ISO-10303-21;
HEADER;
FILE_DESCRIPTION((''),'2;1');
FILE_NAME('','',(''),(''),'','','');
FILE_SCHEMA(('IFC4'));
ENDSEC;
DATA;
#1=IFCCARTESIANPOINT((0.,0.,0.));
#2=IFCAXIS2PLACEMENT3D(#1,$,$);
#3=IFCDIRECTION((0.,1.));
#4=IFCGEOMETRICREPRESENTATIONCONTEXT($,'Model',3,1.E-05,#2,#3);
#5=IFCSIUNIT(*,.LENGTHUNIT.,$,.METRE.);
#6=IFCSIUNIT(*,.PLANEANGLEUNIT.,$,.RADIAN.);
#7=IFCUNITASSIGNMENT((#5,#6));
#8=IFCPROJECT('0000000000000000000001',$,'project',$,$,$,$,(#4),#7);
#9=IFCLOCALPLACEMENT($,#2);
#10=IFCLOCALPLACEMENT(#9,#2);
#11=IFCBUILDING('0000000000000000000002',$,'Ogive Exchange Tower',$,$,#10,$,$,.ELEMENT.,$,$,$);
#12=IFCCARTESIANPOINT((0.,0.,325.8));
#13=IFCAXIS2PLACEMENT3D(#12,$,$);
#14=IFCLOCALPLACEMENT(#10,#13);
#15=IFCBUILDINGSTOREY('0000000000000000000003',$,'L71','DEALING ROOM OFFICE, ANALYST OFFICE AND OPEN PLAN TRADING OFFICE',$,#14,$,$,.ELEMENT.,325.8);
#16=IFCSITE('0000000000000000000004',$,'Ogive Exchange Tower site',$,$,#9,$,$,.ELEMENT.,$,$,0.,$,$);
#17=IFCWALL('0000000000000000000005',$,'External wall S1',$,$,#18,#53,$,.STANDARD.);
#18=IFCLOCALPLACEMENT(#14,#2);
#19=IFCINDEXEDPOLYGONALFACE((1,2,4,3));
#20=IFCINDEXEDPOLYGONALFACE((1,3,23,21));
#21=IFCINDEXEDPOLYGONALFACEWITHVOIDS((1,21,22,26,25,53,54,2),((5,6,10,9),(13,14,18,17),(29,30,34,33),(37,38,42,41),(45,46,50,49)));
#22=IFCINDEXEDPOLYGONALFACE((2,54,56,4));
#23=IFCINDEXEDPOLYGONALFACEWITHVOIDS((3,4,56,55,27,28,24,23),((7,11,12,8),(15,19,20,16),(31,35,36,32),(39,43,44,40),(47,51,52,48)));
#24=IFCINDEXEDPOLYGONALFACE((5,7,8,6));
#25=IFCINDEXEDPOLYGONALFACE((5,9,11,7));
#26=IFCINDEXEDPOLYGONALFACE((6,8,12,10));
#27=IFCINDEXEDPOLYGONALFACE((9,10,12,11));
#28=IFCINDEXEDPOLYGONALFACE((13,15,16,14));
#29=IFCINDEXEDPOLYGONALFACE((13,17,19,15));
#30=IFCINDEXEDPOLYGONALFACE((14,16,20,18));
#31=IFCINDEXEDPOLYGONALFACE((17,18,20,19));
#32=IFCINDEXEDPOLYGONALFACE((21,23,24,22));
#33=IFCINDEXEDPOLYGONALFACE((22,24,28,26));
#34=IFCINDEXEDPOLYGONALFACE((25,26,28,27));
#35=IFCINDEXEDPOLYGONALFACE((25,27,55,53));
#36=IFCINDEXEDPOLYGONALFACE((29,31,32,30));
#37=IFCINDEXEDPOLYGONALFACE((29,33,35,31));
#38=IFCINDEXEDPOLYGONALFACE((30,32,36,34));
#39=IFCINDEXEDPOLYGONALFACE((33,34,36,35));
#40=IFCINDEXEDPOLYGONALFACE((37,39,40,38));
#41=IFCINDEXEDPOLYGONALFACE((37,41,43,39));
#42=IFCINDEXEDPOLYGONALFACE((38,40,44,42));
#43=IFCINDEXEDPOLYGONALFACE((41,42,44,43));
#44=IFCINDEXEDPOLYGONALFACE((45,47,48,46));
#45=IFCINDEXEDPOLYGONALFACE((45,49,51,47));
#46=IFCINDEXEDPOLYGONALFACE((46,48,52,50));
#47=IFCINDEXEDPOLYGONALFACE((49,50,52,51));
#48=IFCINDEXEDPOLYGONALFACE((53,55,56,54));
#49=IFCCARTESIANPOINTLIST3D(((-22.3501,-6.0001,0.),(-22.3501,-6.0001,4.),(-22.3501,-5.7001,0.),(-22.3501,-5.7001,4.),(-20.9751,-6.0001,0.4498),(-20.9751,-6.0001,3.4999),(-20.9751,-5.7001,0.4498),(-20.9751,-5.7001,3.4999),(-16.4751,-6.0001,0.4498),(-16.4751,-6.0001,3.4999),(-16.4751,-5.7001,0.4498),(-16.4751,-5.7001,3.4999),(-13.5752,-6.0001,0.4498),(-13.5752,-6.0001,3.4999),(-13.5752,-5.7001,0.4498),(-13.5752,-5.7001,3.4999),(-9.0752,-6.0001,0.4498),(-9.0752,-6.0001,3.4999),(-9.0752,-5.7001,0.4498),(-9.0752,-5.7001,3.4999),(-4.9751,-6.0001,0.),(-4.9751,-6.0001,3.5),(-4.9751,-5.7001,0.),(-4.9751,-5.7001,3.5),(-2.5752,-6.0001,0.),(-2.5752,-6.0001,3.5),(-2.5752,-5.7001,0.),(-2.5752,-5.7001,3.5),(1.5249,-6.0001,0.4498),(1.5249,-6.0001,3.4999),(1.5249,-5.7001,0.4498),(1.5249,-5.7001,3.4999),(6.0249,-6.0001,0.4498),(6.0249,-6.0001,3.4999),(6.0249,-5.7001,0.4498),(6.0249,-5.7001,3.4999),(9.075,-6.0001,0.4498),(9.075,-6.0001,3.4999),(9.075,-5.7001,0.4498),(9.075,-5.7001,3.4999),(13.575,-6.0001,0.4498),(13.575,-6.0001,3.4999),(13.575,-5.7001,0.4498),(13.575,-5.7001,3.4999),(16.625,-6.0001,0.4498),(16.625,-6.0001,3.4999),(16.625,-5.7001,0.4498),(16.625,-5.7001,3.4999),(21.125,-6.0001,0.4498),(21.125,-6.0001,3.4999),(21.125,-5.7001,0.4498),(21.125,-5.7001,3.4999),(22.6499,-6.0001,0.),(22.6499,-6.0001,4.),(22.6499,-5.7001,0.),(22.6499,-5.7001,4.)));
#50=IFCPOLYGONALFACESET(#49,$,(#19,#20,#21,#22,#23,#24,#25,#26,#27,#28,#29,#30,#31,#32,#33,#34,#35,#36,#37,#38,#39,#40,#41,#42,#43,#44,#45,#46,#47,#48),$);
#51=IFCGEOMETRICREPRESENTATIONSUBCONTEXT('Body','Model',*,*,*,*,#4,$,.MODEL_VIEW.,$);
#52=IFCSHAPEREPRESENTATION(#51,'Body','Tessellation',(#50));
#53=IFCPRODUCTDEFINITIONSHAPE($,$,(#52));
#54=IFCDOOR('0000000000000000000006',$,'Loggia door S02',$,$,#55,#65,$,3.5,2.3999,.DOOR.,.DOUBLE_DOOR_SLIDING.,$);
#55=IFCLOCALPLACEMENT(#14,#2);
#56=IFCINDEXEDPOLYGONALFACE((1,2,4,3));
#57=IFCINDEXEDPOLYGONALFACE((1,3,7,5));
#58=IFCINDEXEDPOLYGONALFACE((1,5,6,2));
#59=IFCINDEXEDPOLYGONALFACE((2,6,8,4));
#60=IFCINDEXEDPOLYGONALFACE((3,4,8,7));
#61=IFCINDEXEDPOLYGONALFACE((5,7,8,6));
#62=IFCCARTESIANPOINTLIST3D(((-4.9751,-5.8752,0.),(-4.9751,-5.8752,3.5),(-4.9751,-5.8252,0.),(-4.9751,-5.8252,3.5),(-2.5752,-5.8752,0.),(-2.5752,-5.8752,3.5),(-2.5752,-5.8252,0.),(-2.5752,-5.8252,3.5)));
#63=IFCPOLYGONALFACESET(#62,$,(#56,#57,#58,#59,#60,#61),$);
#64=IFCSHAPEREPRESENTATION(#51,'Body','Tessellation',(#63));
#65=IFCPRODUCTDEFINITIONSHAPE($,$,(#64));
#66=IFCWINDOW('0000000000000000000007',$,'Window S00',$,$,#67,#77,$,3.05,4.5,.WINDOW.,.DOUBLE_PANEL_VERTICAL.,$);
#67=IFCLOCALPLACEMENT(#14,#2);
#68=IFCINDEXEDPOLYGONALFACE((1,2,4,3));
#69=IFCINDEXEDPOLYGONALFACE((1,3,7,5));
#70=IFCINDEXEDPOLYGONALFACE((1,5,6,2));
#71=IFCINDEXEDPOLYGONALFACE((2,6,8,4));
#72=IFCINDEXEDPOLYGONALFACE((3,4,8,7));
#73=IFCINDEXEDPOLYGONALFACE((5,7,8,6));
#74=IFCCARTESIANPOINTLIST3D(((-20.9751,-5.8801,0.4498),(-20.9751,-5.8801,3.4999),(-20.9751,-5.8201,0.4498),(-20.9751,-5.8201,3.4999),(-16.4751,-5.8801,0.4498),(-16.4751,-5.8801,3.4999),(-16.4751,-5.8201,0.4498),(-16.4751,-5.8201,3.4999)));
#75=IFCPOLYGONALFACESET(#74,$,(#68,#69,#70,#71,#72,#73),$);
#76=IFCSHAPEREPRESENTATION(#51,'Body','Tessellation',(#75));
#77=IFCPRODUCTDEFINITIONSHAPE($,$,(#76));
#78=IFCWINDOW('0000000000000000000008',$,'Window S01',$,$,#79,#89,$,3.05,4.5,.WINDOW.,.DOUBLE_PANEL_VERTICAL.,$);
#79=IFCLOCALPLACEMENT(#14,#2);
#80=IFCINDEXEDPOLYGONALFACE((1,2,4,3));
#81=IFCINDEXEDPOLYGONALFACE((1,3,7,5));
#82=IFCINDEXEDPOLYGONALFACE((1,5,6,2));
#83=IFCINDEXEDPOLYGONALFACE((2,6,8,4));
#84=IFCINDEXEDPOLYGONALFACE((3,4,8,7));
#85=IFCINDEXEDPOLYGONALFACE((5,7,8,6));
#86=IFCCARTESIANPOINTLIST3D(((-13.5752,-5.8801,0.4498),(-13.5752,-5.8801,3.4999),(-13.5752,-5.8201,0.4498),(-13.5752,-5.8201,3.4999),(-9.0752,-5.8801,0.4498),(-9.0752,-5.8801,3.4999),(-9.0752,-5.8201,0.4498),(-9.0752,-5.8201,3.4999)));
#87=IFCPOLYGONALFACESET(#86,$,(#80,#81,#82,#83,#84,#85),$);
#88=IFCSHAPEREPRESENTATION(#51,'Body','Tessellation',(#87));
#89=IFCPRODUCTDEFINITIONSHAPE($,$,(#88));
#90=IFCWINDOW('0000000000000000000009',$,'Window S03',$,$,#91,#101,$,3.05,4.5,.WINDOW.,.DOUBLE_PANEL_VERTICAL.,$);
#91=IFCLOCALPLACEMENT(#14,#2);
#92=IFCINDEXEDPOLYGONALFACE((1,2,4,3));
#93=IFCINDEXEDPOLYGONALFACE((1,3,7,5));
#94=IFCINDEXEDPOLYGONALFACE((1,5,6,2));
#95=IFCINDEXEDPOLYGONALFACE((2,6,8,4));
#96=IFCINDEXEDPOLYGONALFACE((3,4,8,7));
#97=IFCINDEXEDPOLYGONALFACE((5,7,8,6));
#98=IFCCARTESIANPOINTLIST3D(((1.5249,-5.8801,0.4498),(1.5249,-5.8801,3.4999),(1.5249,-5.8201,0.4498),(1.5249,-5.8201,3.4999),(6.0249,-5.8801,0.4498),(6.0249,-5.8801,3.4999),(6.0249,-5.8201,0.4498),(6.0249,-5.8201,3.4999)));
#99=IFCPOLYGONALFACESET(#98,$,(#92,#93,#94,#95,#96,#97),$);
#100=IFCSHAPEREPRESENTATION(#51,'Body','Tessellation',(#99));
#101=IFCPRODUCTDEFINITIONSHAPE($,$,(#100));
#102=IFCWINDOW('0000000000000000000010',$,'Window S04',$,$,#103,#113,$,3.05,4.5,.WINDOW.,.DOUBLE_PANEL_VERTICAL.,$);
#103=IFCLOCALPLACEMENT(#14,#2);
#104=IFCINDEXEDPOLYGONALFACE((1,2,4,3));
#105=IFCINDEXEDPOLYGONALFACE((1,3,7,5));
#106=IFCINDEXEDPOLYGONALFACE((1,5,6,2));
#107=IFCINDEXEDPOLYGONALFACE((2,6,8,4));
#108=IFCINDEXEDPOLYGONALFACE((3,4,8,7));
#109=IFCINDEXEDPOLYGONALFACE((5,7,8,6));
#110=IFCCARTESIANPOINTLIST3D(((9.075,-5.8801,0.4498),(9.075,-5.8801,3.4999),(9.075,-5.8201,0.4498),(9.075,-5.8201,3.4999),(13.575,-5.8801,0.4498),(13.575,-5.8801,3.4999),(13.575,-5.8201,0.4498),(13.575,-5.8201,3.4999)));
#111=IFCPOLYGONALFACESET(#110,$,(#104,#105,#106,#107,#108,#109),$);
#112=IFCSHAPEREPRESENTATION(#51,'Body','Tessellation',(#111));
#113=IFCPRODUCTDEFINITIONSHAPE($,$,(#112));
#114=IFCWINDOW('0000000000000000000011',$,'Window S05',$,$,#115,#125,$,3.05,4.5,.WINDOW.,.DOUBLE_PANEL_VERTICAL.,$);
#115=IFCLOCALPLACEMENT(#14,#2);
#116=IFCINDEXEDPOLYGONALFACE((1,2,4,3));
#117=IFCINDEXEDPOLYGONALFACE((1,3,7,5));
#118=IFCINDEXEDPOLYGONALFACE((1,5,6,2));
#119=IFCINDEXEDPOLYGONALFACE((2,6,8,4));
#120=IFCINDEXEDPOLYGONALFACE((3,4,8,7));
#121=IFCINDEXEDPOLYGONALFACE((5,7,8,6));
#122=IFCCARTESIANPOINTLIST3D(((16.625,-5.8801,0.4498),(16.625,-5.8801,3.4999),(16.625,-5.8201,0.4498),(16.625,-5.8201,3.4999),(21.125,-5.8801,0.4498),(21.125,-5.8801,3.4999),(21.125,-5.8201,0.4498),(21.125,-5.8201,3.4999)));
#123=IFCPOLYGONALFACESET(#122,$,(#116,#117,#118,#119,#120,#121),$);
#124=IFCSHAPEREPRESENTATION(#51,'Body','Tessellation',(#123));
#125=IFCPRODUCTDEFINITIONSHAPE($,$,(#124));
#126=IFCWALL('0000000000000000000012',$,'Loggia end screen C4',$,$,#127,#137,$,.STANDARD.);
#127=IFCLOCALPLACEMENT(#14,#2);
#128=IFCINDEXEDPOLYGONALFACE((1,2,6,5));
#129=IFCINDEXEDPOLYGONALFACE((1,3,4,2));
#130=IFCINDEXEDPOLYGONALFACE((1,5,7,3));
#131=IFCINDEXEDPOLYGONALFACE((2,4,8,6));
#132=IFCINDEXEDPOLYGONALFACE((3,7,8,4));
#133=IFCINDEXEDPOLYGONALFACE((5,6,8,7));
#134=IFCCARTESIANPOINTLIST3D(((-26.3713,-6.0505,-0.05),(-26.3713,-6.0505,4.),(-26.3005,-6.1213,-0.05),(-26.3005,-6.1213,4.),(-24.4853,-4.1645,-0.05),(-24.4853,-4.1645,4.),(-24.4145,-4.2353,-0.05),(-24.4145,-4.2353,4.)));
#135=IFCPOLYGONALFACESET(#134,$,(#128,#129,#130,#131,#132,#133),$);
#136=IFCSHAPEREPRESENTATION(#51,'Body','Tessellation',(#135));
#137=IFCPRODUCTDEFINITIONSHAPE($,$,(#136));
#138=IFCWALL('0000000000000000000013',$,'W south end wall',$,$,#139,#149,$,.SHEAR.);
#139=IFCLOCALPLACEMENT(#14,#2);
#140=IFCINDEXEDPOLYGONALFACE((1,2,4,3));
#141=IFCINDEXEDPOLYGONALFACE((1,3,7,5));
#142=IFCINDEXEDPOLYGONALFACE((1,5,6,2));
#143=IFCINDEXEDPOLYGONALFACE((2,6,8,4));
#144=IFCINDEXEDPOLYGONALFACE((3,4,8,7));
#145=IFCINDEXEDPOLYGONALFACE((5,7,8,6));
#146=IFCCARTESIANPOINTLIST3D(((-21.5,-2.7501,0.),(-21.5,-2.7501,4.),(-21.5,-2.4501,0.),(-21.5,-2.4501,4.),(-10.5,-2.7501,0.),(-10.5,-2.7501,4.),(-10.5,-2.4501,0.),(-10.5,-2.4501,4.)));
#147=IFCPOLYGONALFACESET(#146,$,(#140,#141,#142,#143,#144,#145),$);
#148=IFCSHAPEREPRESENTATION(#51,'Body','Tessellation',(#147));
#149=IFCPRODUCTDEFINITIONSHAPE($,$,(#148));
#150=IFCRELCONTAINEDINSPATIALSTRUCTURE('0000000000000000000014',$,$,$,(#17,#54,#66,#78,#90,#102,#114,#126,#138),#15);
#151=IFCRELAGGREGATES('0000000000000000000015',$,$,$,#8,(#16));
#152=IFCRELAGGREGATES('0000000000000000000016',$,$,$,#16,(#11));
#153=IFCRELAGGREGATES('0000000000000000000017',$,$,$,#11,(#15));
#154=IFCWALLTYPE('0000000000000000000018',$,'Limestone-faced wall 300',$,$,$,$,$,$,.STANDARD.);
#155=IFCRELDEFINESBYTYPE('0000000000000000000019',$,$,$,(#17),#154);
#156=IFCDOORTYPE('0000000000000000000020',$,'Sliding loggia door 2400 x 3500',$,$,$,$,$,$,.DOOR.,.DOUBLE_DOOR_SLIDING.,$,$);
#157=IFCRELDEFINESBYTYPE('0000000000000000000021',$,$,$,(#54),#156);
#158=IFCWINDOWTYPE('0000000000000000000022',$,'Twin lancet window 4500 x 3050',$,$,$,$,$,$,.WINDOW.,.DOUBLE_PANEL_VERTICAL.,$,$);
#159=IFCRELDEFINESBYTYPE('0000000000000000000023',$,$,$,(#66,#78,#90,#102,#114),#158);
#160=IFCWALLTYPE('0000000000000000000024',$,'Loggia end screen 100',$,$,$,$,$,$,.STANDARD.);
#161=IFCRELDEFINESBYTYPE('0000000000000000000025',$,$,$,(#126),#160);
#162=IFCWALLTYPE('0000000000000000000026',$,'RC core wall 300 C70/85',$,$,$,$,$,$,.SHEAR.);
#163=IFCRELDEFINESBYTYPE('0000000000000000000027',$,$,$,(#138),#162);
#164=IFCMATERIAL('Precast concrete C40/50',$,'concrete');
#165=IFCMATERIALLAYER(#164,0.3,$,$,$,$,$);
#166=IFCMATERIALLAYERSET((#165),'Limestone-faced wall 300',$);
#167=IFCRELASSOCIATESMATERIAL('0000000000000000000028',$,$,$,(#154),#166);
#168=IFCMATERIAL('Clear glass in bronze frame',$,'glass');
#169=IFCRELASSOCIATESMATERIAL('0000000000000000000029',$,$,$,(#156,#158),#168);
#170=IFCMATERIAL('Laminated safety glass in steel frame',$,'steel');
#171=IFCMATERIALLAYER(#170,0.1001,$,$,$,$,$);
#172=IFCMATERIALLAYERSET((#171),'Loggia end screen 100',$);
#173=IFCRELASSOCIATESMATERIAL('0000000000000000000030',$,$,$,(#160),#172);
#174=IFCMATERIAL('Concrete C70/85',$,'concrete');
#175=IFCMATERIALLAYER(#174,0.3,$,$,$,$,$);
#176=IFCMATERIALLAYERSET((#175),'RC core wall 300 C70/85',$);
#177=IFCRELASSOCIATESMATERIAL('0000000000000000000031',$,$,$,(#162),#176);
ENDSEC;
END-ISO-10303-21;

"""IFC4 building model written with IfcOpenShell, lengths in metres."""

from ifc_helpers import new_model, si_unit, direction, frame, frame_2d, origin, place, context, subcontext, project, spatial, rectangle, extrude, material, layer, layer_set, type_object, element, fill, save


model = new_model("IFC4")

# Units and contexts
model_context = context("Model", 3, precision=1e-05, world=origin(), true_north=direction((0.0, 1.0)))
body_context = subcontext(model_context, "Body", "Model", "MODEL_VIEW")
ifc_project = project(units=[si_unit("LENGTHUNIT", "METRE"), si_unit("PLANEANGLEUNIT", "RADIAN")], contexts=[model_context])

# Site, building, storey
site_placement = place(None, origin())
site = spatial("IfcSite", under=ifc_project, at=site_placement, Name="Ogive Exchange Tower site", CompositionType="ELEMENT", RefElevation=0.0)
building_placement = place(site_placement, origin())
building = spatial("IfcBuilding", under=site, at=building_placement, Name="Ogive Exchange Tower", CompositionType="ELEMENT")
storey_placement = place(building_placement, frame((0.0, 0.0, 325.8)))
storey = spatial("IfcBuildingStorey", under=building, at=storey_placement, Name="L71", Description="DEALING ROOM OFFICE, ANALYST OFFICE AND OPEN PLAN TRADING OFFICE", CompositionType="ELEMENT", Elevation=325.8)

# Wall, openings, door, windows
ifc_material_1 = material(Name="Precast concrete C40/50", Category="concrete")
ifc_layer_1 = layer(ifc_material_1, 0.3)
ifc_layer_set_1 = layer_set([ifc_layer_1], Name="Limestone-faced wall 300")
wall_type_1 = type_object("IfcWallType", Name="Limestone-faced wall 300", PredefinedType="STANDARD", material=ifc_layer_set_1)
wall_1_placement = place(storey_placement, frame((-22.3501, -5.8501, 0.0), z_axis=(0.0, 0.0, 1.0), x_axis=(1.0, 0.0, 0.0)))
wall_1 = element("IfcWall", 1, at=wall_1_placement, inside=storey, type_object=wall_type_1, Name="External wall S1", PredefinedType="STANDARD", context=body_context, shape_type="SweptSolid", body=[
    extrude(rectangle(XDim=45.0, YDim=0.3, at=frame_2d((22.5, 0.0))), origin(), (0.0, 0.0, 1.0), 4.0),
])
opening_1_placement = place(wall_1_placement, frame((1.375, 0.0, 0.45)))
opening_1 = element("IfcOpeningElement", 2, at=opening_1_placement, cuts=wall_1, PredefinedType="OPENING", context=body_context, shape_type="SweptSolid", body=[
    extrude(rectangle(XDim=4.5, YDim=3.05, at=frame_2d((2.25, 1.5249))), frame((0.0, 0.1599, 0.0), z_axis=(0.0, -1.0, 0.0), x_axis=(1.0, 0.0, 0.0)), (0.0, 0.0, 1.0), 0.3201),
])
opening_2_placement = place(wall_1_placement, frame((8.7749, 0.0, 0.45)))
opening_2 = element("IfcOpeningElement", 3, at=opening_2_placement, cuts=wall_1, PredefinedType="OPENING", context=body_context, shape_type="SweptSolid", body=[
    extrude(rectangle(XDim=4.5, YDim=3.05, at=frame_2d((2.25, 1.5249))), frame((0.0, 0.1599, 0.0), z_axis=(0.0, -1.0, 0.0), x_axis=(1.0, 0.0, 0.0)), (0.0, 0.0, 1.0), 0.3201),
])
opening_3_placement = place(wall_1_placement, frame((17.375, 0.0, 0.0)))
opening_3 = element("IfcOpeningElement", 4, at=opening_3_placement, cuts=wall_1, PredefinedType="OPENING", context=body_context, shape_type="SweptSolid", body=[
    extrude(rectangle(XDim=2.3999, YDim=3.5, at=frame_2d((1.2, 1.75))), frame((0.0, 0.1599, 0.0), z_axis=(0.0, -1.0, 0.0), x_axis=(1.0, 0.0, 0.0)), (0.0, 0.0, 1.0), 0.3201),
])
opening_4_placement = place(wall_1_placement, frame((23.875, 0.0, 0.45)))
opening_4 = element("IfcOpeningElement", 5, at=opening_4_placement, cuts=wall_1, PredefinedType="OPENING", context=body_context, shape_type="SweptSolid", body=[
    extrude(rectangle(XDim=4.5, YDim=3.05, at=frame_2d((2.25, 1.5249))), frame((0.0, 0.1599, 0.0), z_axis=(0.0, -1.0, 0.0), x_axis=(1.0, 0.0, 0.0)), (0.0, 0.0, 1.0), 0.3201),
])
opening_5_placement = place(wall_1_placement, frame((31.425, 0.0, 0.45)))
opening_5 = element("IfcOpeningElement", 6, at=opening_5_placement, cuts=wall_1, PredefinedType="OPENING", context=body_context, shape_type="SweptSolid", body=[
    extrude(rectangle(XDim=4.5, YDim=3.05, at=frame_2d((2.25, 1.5249))), frame((0.0, 0.1599, 0.0), z_axis=(0.0, -1.0, 0.0), x_axis=(1.0, 0.0, 0.0)), (0.0, 0.0, 1.0), 0.3201),
])
opening_6_placement = place(wall_1_placement, frame((38.9751, 0.0, 0.45)))
opening_6 = element("IfcOpeningElement", 7, at=opening_6_placement, cuts=wall_1, PredefinedType="OPENING", context=body_context, shape_type="SweptSolid", body=[
    extrude(rectangle(XDim=4.5, YDim=3.05, at=frame_2d((2.25, 1.5249))), frame((0.0, 0.1599, 0.0), z_axis=(0.0, -1.0, 0.0), x_axis=(1.0, 0.0, 0.0)), (0.0, 0.0, 1.0), 0.3201),
])
ifc_material_2 = material(Name="Clear glass in bronze frame", Category="glass")
door_type_1 = type_object("IfcDoorType", Name="Sliding loggia door 2400 x 3500", OperationType="DOUBLE_DOOR_SLIDING", PredefinedType="DOOR", material=ifc_material_2)
door_1_placement = place(opening_3_placement, origin())
door_1 = element("IfcDoor", 8, at=door_1_placement, inside=storey, type_object=door_type_1, Name="Loggia door S02", OperationType="DOUBLE_DOOR_SLIDING", OverallHeight=3.5, OverallWidth=2.3999, PredefinedType="DOOR", context=body_context, shape_type="SweptSolid", body=[
    extrude(rectangle(XDim=2.3999, YDim=3.5, at=frame_2d((1.2, 1.75))), frame((0.0, 0.0249, 0.0), z_axis=(0.0, -1.0, 0.0), x_axis=(1.0, 0.0, 0.0)), (0.0, 0.0, 1.0), 0.05),
])
fill(opening_3, door_1)
window_type = type_object("IfcWindowType", Name="Twin lancet window 4500 x 3050", PartitioningType="DOUBLE_PANEL_VERTICAL", PredefinedType="WINDOW", material=ifc_material_2)
window_1_placement = place(opening_1_placement, origin())
window_1 = element("IfcWindow", 9, at=window_1_placement, inside=storey, type_object=window_type, Name="Window S00", OverallHeight=3.05, OverallWidth=4.5, PartitioningType="DOUBLE_PANEL_VERTICAL", PredefinedType="WINDOW", context=body_context, shape_type="SweptSolid", body=[
    extrude(rectangle(XDim=4.5, YDim=3.05, at=frame_2d((2.25, 1.5249))), frame((0.0, 0.03, 0.0), z_axis=(0.0, -1.0, 0.0), x_axis=(1.0, 0.0, 0.0)), (0.0, 0.0, 1.0), 0.0601),
])
fill(opening_1, window_1)
window_2_placement = place(opening_2_placement, origin())
window_2 = element("IfcWindow", 10, at=window_2_placement, inside=storey, type_object=window_type, Name="Window S01", OverallHeight=3.05, OverallWidth=4.5, PartitioningType="DOUBLE_PANEL_VERTICAL", PredefinedType="WINDOW", context=body_context, shape_type="SweptSolid", body=[
    extrude(rectangle(XDim=4.5, YDim=3.05, at=frame_2d((2.25, 1.5249))), frame((0.0, 0.03, 0.0), z_axis=(0.0, -1.0, 0.0), x_axis=(1.0, 0.0, 0.0)), (0.0, 0.0, 1.0), 0.0601),
])
fill(opening_2, window_2)
window_3_placement = place(opening_4_placement, origin())
window_3 = element("IfcWindow", 11, at=window_3_placement, inside=storey, type_object=window_type, Name="Window S03", OverallHeight=3.05, OverallWidth=4.5, PartitioningType="DOUBLE_PANEL_VERTICAL", PredefinedType="WINDOW", context=body_context, shape_type="SweptSolid", body=[
    extrude(rectangle(XDim=4.5, YDim=3.05, at=frame_2d((2.25, 1.5249))), frame((0.0, 0.03, 0.0), z_axis=(0.0, -1.0, 0.0), x_axis=(1.0, 0.0, 0.0)), (0.0, 0.0, 1.0), 0.0601),
])
fill(opening_4, window_3)
window_4_placement = place(opening_5_placement, origin())
window_4 = element("IfcWindow", 12, at=window_4_placement, inside=storey, type_object=window_type, Name="Window S04", OverallHeight=3.05, OverallWidth=4.5, PartitioningType="DOUBLE_PANEL_VERTICAL", PredefinedType="WINDOW", context=body_context, shape_type="SweptSolid", body=[
    extrude(rectangle(XDim=4.5, YDim=3.05, at=frame_2d((2.25, 1.5249))), frame((0.0, 0.03, 0.0), z_axis=(0.0, -1.0, 0.0), x_axis=(1.0, 0.0, 0.0)), (0.0, 0.0, 1.0), 0.0601),
])
fill(opening_5, window_4)
window_5_placement = place(opening_6_placement, origin())
window_5 = element("IfcWindow", 13, at=window_5_placement, inside=storey, type_object=window_type, Name="Window S05", OverallHeight=3.05, OverallWidth=4.5, PartitioningType="DOUBLE_PANEL_VERTICAL", PredefinedType="WINDOW", context=body_context, shape_type="SweptSolid", body=[
    extrude(rectangle(XDim=4.5, YDim=3.05, at=frame_2d((2.25, 1.5249))), frame((0.0, 0.03, 0.0), z_axis=(0.0, -1.0, 0.0), x_axis=(1.0, 0.0, 0.0)), (0.0, 0.0, 1.0), 0.0601),
])
fill(opening_6, window_5)

# Walls
ifc_material_3 = material(Name="Laminated safety glass in steel frame", Category="steel")
ifc_layer_2 = layer(ifc_material_3, 0.1001)
ifc_layer_set_2 = layer_set([ifc_layer_2], Name="Loggia end screen 100")
wall_type_2 = type_object("IfcWallType", Name="Loggia end screen 100", PredefinedType="STANDARD", material=ifc_layer_set_2)
wall_2_placement = place(storey_placement, frame((-24.45, -4.2, -0.05), z_axis=(0.0, 0.0, 1.0), x_axis=(-0.707107, -0.707107, 0.0)))
element("IfcWall", 14, at=wall_2_placement, inside=storey, type_object=wall_type_2, Name="Loggia end screen C4", PredefinedType="STANDARD", context=body_context, shape_type="SweptSolid", body=[
    extrude(rectangle(XDim=2.6672, YDim=0.1001, at=frame_2d((1.3335, 0.0))), origin(), (0.0, 0.0, 1.0), 4.05),
])
ifc_material_4 = material(Name="Concrete C70/85", Category="concrete")
ifc_layer_3 = layer(ifc_material_4, 0.3)
ifc_layer_set_3 = layer_set([ifc_layer_3], Name="RC core wall 300 C70/85")
wall_type_3 = type_object("IfcWallType", Name="RC core wall 300 C70/85", PredefinedType="SHEAR", material=ifc_layer_set_3)
wall_3_placement = place(storey_placement, frame((-21.5, -2.6001, 0.0), z_axis=(0.0, 0.0, 1.0), x_axis=(1.0, 0.0, 0.0)))
element("IfcWall", 15, at=wall_3_placement, inside=storey, type_object=wall_type_3, Name="W south end wall", PredefinedType="SHEAR", context=body_context, shape_type="SweptSolid", body=[
    extrude(rectangle(XDim=11.0, YDim=0.3, at=frame_2d((5.5, 0.0))), origin(), (0.0, 0.0, 1.0), 4.0),
])

save(model, "model.ifc")
